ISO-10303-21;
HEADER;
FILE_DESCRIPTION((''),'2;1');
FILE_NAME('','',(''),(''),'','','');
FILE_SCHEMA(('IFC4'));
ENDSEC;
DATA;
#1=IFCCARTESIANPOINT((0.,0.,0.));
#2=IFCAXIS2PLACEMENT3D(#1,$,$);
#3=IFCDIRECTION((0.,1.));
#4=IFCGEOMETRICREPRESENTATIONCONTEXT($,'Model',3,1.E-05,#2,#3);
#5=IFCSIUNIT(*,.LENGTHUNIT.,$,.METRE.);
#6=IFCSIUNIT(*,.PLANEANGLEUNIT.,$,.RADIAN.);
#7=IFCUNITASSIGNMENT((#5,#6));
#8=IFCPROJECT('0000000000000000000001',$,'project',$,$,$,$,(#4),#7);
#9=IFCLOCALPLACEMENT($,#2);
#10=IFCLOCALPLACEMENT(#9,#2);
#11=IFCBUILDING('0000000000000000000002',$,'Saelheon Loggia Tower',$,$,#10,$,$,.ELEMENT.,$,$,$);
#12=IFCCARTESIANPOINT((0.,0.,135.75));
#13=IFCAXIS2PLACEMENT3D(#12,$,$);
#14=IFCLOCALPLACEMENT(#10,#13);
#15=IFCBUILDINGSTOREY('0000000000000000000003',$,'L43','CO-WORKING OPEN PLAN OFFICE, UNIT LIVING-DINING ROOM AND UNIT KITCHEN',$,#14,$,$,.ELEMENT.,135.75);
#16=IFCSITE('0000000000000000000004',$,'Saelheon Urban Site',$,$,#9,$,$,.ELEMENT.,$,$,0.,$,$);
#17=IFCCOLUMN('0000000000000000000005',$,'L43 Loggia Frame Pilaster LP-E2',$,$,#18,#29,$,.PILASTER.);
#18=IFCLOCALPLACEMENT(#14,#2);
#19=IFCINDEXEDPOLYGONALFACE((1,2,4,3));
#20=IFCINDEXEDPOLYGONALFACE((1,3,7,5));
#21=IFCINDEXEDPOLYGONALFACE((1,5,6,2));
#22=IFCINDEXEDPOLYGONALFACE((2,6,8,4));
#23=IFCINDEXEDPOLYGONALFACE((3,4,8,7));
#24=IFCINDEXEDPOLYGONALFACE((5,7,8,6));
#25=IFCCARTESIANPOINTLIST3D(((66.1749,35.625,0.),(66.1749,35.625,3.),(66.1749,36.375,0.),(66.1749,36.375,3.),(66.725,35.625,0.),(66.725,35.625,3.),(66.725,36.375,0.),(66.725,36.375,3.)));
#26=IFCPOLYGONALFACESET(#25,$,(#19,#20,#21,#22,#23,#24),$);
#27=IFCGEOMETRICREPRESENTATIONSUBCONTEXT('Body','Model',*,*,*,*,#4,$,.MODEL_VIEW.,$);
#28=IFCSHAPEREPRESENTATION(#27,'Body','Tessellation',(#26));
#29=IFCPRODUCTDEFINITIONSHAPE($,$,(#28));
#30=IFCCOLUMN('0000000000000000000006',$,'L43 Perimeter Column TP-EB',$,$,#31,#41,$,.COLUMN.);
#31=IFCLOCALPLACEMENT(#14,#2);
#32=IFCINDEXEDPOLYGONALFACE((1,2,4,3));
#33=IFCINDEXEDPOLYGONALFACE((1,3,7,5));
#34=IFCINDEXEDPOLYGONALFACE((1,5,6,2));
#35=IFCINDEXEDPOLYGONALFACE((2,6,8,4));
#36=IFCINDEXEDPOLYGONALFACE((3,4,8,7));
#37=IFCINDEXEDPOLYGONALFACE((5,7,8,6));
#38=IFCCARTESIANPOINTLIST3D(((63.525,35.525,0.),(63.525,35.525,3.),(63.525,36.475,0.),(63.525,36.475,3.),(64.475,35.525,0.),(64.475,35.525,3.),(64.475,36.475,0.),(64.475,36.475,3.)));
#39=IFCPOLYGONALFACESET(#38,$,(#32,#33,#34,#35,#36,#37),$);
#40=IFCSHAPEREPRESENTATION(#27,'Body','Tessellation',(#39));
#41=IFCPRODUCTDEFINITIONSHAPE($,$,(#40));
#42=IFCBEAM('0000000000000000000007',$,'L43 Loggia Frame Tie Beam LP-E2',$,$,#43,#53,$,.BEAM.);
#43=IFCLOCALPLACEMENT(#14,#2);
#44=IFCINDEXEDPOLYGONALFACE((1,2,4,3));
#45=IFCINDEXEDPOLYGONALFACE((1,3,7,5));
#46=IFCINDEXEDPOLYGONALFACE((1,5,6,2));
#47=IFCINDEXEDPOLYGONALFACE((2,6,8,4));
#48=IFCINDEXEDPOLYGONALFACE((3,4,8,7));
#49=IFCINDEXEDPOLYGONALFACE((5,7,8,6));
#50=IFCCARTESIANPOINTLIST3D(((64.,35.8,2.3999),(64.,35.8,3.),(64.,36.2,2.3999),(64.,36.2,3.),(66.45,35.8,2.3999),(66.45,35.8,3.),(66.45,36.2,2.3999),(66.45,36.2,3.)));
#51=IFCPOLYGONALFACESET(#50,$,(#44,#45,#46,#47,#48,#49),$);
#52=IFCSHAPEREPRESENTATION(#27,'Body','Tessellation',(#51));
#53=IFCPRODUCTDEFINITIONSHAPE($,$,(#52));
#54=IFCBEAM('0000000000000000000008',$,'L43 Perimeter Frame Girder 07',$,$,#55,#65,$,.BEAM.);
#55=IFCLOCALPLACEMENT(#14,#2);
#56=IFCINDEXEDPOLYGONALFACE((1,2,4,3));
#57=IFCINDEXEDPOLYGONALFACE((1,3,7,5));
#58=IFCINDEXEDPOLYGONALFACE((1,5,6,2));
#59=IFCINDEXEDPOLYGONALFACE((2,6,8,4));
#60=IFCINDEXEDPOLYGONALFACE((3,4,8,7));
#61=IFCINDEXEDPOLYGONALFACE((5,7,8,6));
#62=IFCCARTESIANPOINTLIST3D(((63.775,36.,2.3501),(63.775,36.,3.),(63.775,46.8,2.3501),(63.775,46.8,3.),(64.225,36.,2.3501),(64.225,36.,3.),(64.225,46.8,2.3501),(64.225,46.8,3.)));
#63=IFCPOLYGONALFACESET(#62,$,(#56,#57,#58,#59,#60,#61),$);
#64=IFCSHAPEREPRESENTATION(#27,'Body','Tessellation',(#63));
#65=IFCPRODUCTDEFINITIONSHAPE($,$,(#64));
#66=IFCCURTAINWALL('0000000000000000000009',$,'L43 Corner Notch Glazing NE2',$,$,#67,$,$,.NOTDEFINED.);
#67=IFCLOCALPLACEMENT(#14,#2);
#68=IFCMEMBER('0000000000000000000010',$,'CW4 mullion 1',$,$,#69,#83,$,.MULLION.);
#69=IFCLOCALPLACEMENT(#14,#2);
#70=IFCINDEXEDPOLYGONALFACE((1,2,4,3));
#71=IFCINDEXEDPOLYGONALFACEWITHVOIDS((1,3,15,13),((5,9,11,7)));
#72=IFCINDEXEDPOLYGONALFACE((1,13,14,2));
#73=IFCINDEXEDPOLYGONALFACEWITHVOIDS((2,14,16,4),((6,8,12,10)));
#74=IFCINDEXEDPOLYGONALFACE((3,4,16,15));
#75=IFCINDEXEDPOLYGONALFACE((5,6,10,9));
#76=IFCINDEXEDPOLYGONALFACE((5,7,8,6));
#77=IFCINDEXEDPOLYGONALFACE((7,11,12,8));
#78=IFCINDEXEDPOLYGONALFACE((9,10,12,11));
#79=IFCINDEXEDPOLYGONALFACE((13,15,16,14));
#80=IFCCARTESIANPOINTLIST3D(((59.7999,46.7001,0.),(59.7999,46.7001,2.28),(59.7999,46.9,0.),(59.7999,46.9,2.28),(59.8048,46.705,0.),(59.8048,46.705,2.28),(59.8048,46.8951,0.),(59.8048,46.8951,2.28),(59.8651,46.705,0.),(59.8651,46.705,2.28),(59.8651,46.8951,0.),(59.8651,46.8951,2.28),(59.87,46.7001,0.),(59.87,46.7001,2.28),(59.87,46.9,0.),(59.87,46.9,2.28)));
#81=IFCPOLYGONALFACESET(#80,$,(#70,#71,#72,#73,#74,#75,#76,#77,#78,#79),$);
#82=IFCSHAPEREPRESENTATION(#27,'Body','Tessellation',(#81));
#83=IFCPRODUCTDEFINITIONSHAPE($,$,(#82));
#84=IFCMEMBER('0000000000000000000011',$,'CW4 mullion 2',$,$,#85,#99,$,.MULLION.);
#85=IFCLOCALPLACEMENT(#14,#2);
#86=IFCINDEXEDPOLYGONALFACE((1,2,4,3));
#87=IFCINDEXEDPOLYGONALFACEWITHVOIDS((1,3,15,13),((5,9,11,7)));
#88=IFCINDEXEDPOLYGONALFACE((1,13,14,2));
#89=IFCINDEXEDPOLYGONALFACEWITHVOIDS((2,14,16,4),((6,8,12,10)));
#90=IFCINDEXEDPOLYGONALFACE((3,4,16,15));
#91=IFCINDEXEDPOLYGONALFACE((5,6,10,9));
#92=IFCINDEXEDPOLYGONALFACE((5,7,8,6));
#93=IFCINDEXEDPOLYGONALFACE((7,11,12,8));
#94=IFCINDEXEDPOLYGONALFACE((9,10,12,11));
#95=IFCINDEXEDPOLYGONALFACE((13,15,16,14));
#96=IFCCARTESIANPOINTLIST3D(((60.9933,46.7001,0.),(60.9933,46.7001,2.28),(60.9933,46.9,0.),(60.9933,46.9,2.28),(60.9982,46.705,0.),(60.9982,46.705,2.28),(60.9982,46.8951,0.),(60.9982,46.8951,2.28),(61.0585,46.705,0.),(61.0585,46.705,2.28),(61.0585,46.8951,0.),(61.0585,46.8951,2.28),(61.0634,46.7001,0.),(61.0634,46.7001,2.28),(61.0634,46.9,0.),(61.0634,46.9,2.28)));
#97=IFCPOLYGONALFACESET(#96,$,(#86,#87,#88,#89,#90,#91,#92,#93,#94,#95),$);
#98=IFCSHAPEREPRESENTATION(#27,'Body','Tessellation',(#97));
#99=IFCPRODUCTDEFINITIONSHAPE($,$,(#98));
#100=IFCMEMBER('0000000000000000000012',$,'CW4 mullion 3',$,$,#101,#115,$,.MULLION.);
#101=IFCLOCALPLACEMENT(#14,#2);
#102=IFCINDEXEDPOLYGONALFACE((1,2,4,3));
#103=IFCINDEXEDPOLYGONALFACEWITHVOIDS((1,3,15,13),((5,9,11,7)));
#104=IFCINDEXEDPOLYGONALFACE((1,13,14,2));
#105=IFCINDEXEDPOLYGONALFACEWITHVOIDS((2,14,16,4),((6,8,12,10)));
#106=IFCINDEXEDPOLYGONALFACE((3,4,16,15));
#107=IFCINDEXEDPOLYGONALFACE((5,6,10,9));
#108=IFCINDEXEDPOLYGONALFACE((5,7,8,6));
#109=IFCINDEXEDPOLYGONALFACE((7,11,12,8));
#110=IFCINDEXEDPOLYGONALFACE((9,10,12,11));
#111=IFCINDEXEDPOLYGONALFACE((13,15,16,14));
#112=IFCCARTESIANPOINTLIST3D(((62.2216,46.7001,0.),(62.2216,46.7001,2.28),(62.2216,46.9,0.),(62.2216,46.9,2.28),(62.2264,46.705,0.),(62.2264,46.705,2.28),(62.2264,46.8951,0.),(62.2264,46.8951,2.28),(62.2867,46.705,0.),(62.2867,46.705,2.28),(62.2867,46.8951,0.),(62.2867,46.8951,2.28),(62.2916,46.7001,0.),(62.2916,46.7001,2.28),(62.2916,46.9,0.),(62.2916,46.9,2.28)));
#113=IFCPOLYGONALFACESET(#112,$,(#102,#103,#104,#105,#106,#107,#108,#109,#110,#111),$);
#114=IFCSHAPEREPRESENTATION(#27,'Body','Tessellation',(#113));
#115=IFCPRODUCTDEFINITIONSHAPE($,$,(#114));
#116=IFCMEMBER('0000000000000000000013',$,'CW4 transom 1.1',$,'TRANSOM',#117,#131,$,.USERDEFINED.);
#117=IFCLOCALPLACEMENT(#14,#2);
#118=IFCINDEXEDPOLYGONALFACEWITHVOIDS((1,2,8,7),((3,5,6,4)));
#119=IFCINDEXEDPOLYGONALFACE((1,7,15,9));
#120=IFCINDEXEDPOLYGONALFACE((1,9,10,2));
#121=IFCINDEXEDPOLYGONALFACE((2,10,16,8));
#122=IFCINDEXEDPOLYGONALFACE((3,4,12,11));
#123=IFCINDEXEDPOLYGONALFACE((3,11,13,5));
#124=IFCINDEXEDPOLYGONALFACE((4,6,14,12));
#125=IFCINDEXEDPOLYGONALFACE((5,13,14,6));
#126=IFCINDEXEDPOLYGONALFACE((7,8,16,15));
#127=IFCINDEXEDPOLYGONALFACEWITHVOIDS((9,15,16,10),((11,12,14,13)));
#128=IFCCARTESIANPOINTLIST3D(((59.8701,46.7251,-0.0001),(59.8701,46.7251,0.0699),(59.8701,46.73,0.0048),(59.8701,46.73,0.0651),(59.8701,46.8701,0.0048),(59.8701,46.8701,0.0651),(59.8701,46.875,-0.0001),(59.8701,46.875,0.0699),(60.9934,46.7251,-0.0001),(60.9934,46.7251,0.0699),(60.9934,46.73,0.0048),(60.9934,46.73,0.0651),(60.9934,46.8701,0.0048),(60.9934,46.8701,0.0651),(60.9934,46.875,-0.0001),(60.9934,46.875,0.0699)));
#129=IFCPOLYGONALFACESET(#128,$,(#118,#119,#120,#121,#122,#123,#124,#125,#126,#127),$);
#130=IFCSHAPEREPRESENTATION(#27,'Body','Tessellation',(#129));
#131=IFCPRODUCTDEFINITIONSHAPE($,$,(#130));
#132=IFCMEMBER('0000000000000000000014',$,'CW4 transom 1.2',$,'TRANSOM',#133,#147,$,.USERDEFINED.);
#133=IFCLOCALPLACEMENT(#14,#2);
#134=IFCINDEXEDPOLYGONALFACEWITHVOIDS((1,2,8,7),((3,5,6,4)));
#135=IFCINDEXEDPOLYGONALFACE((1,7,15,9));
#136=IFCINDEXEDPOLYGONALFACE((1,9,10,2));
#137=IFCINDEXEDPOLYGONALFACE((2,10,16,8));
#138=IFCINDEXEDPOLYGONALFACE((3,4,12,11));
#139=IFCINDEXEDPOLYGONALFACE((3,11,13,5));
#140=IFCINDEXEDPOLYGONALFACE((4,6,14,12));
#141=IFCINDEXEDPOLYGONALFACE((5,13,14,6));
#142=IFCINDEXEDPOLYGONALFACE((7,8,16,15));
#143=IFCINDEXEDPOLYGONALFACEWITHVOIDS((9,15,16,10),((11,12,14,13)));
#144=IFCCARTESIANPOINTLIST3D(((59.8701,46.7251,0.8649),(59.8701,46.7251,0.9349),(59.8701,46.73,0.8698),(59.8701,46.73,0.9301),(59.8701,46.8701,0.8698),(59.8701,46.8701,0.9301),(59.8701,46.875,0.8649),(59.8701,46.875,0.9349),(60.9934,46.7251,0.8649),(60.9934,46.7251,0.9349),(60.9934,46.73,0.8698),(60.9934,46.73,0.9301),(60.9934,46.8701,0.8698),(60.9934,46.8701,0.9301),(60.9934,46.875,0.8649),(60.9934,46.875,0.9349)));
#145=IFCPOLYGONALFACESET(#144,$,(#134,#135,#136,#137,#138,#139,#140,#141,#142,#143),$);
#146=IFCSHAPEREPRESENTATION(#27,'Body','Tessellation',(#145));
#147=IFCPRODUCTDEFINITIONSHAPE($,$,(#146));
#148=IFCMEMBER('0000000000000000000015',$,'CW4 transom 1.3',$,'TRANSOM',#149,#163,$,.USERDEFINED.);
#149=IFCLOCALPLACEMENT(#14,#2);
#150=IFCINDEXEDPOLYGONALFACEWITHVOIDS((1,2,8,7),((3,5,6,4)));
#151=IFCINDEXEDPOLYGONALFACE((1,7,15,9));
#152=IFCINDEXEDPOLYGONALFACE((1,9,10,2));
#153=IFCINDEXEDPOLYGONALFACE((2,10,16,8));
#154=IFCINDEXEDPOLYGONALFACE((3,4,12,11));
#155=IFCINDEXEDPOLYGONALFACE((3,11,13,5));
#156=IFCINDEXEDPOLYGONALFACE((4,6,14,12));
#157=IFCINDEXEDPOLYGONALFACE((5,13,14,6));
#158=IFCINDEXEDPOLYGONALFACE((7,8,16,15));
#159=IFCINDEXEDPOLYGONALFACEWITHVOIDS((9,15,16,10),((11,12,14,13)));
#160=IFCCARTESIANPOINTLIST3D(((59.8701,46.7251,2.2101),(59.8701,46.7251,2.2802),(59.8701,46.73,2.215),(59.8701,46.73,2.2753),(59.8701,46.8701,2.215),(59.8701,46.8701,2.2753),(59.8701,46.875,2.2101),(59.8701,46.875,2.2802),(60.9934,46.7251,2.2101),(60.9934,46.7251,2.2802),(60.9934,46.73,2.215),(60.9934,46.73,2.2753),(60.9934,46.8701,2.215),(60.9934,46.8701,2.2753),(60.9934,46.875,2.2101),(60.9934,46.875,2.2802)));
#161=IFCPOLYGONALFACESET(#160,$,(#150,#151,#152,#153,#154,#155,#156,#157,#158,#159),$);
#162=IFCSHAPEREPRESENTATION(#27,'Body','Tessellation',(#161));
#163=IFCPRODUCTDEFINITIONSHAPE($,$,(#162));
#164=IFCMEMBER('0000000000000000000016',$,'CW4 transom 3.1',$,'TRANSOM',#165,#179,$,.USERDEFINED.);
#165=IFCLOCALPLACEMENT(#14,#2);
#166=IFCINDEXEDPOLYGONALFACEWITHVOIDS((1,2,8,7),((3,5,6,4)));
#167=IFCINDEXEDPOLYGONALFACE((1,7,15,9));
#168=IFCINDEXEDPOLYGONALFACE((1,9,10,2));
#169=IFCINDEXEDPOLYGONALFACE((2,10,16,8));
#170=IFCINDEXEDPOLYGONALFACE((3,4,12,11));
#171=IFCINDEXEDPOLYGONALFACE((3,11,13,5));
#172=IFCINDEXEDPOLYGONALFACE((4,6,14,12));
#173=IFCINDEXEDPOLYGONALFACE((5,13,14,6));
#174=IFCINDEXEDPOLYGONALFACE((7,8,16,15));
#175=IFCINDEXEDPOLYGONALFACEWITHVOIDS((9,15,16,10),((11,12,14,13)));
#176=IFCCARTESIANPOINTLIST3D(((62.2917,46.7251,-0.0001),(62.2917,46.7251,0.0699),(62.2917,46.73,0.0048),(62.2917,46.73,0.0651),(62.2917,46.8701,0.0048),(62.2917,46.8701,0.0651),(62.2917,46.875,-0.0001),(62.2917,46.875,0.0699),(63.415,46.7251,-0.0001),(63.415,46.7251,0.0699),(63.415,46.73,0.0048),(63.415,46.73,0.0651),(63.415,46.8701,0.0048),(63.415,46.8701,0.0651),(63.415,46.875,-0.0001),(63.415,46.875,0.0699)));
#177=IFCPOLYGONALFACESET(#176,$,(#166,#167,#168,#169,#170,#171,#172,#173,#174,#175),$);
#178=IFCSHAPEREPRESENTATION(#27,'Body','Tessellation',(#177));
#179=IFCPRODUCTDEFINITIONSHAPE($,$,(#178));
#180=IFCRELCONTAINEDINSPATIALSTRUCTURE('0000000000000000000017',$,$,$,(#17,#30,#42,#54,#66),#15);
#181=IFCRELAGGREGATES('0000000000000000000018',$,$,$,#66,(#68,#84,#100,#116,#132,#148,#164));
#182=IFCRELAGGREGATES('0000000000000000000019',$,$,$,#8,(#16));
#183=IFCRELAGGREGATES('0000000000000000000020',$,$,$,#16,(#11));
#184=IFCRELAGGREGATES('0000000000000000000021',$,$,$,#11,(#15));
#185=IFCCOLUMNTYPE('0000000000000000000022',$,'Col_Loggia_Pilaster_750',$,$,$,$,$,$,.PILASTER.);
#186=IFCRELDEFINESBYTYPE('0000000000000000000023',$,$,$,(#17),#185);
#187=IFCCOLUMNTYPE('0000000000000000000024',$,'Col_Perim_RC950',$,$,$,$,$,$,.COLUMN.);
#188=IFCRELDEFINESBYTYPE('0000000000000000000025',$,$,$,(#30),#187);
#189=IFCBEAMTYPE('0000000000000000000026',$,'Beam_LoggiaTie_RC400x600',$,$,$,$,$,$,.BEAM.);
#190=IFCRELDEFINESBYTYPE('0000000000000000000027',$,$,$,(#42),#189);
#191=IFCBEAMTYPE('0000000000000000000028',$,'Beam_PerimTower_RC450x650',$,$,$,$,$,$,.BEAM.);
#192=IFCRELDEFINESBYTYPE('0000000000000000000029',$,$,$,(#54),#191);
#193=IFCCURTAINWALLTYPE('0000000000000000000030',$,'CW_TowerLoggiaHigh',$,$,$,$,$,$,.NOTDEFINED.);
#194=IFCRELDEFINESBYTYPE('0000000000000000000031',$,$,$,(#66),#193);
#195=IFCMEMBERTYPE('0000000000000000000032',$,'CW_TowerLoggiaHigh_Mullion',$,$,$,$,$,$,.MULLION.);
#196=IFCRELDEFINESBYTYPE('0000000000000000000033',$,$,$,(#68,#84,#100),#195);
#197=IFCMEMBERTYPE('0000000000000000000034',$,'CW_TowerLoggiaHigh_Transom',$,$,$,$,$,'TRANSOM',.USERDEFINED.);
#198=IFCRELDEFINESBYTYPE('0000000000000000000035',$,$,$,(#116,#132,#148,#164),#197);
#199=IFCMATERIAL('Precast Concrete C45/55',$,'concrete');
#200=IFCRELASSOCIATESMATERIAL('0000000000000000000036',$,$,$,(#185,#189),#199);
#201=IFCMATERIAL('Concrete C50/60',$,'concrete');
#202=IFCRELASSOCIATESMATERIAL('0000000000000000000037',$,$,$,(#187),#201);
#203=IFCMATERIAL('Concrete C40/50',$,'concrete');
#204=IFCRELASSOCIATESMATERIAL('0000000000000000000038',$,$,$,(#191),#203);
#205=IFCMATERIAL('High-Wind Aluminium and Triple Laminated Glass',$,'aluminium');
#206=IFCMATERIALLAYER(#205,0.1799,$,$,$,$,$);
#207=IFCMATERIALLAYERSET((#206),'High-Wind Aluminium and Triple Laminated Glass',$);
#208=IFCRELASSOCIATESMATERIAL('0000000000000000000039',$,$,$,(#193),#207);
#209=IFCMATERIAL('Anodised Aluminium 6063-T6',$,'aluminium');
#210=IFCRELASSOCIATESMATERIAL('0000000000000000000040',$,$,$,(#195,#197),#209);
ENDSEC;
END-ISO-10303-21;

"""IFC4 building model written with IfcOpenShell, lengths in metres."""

from ifc_helpers import new_model, si_unit, direction, frame, origin, origin_2d, place, context, subcontext, project, spatial, rectangle, hollow_rectangle, extrude, source, transform, mapped, material, layer, layer_set, material_profile, profile_set, type_object, element, aggregate, save


model = new_model("IFC4")

# Units and contexts
model_context = context("Model", 3, precision=1e-05, world=origin(), true_north=direction((0.0, 1.0)))
body_context = subcontext(model_context, "Body", "Model", "MODEL_VIEW")
ifc_project = project(units=[si_unit("LENGTHUNIT", "METRE"), si_unit("PLANEANGLEUNIT", "RADIAN")], contexts=[model_context])

# Site, building, storey
site_placement = place(None, origin())
site = spatial("IfcSite", under=ifc_project, at=site_placement, Name="Saelheon Urban Site", CompositionType="ELEMENT", RefElevation=0.0)
building_placement = place(site_placement, origin())
building = spatial("IfcBuilding", under=site, at=building_placement, Name="Saelheon Loggia Tower", CompositionType="ELEMENT")
storey_placement = place(building_placement, frame((0.0, 0.0, 135.75)))
storey = spatial("IfcBuildingStorey", under=building, at=storey_placement, Name="L43", Description="CO-WORKING OPEN PLAN OFFICE, UNIT LIVING-DINING ROOM AND UNIT KITCHEN", CompositionType="ELEMENT", Elevation=135.75)

# Columns
ifc_material_1 = material(Name="Precast Concrete C45/55", Category="concrete")
ifc_material_profile_1 = material_profile(ifc_material_1, rectangle(XDim=0.55, YDim=0.75, at=origin_2d()), Name="RC-550x750")
ifc_profile_set_1 = profile_set([ifc_material_profile_1], Name="Precast Concrete C45/55")
column_type_1 = type_object("IfcColumnType", Name="Col_Loggia_Pilaster_750", PredefinedType="PILASTER", material=ifc_profile_set_1)
shared_shape_1 = source(origin(), body_context, "Body", "SweptSolid", [
    extrude(rectangle(XDim=0.55, YDim=0.75, at=origin_2d()), origin(), (0.0, 0.0, 1.0), 3.0),
])
column_1_placement = place(storey_placement, frame((66.45, 36.0, 0.0), z_axis=(0.0, 0.0, 1.0), x_axis=(1.0, 0.0, 0.0)))
element("IfcColumn", 1, at=column_1_placement, inside=storey, type_object=column_type_1, Name="L43 Loggia Frame Pilaster LP-E2", PredefinedType="PILASTER", context=body_context, shape_type="MappedRepresentation", body=[
    mapped(shared_shape_1, transform((0.0, 0.0, 0.0), scale=1.0)),
])
ifc_material_2 = material(Name="Concrete C50/60", Category="concrete")
ifc_material_profile_2 = material_profile(ifc_material_2, rectangle(XDim=0.95, YDim=0.95, at=origin_2d()), Name="RC-950x950")
ifc_profile_set_2 = profile_set([ifc_material_profile_2], Name="Concrete C50/60")
column_type_2 = type_object("IfcColumnType", Name="Col_Perim_RC950", PredefinedType="COLUMN", material=ifc_profile_set_2)
shared_shape_2 = source(origin(), body_context, "Body", "SweptSolid", [
    extrude(rectangle(XDim=0.95, YDim=0.95, at=origin_2d()), origin(), (0.0, 0.0, 1.0), 3.0),
])
column_2_placement = place(storey_placement, frame((64.0, 36.0, 0.0), z_axis=(0.0, 0.0, 1.0), x_axis=(1.0, 0.0, 0.0)))
element("IfcColumn", 2, at=column_2_placement, inside=storey, type_object=column_type_2, Name="L43 Perimeter Column TP-EB", PredefinedType="COLUMN", context=body_context, shape_type="MappedRepresentation", body=[
    mapped(shared_shape_2, transform((0.0, 0.0, 0.0), scale=1.0)),
])

# Beams
ifc_material_profile_3 = material_profile(ifc_material_1, rectangle(XDim=0.3999, YDim=0.6001, at=origin_2d()), Name="RC-400x600")
ifc_profile_set_3 = profile_set([ifc_material_profile_3], Name="Precast Concrete C45/55")
beam_type_1 = type_object("IfcBeamType", Name="Beam_LoggiaTie_RC400x600", PredefinedType="BEAM", material=ifc_profile_set_3)
shared_shape_3 = source(origin(), body_context, "Body", "SweptSolid", [
    extrude(rectangle(XDim=0.3999, YDim=0.6001, at=origin_2d()), origin(), (0.0, 0.0, 1.0), 2.45),
])
beam_1_placement = place(storey_placement, frame((64.0, 36.0, 2.7), z_axis=(1.0, 0.0, 0.0), x_axis=(0.0, 1.0, 0.0)))
element("IfcBeam", 3, at=beam_1_placement, inside=storey, type_object=beam_type_1, Name="L43 Loggia Frame Tie Beam LP-E2", PredefinedType="BEAM", context=body_context, shape_type="MappedRepresentation", body=[
    mapped(shared_shape_3, transform((0.0, 0.0, 0.0), scale=1.0)),
])
ifc_material_3 = material(Name="Concrete C40/50", Category="concrete")
ifc_material_profile_4 = material_profile(ifc_material_3, rectangle(XDim=0.45, YDim=0.6499, at=origin_2d()), Name="RC-450x650")
ifc_profile_set_4 = profile_set([ifc_material_profile_4], Name="Concrete C40/50")
beam_type_2 = type_object("IfcBeamType", Name="Beam_PerimTower_RC450x650", PredefinedType="BEAM", material=ifc_profile_set_4)
shared_shape_4 = source(origin(), body_context, "Body", "SweptSolid", [
    extrude(rectangle(XDim=0.45, YDim=0.6499, at=origin_2d()), origin(), (0.0, 0.0, 1.0), 10.8),
])
beam_2_placement = place(storey_placement, frame((64.0, 36.0, 2.675), z_axis=(0.0, 1.0, 0.0), x_axis=(-1.0, 0.0, 0.0)))
element("IfcBeam", 4, at=beam_2_placement, inside=storey, type_object=beam_type_2, Name="L43 Perimeter Frame Girder 07", PredefinedType="BEAM", context=body_context, shape_type="MappedRepresentation", body=[
    mapped(shared_shape_4, transform((0.0, 0.0, 0.0), scale=1.0)),
])

# Curtain wall, members
ifc_material_4 = material(Name="High-Wind Aluminium and Triple Laminated Glass", Category="aluminium")
ifc_layer_1 = layer(ifc_material_4, 0.1799)
ifc_layer_set_1 = layer_set([ifc_layer_1], Name="High-Wind Aluminium and Triple Laminated Glass")
curtain_wall_type = type_object("IfcCurtainWallType", Name="CW_TowerLoggiaHigh", PredefinedType="NOTDEFINED", material=ifc_layer_set_1)
curtain_wall_placement = place(storey_placement, origin())
curtain_wall = element("IfcCurtainWall", 5, at=curtain_wall_placement, inside=storey, type_object=curtain_wall_type, Name="L43 Corner Notch Glazing NE2", PredefinedType="NOTDEFINED")
ifc_material_5 = material(Name="Anodised Aluminium 6063-T6", Category="aluminium")
ifc_material_profile_5 = material_profile(ifc_material_5, hollow_rectangle(XDim=0.0701, YDim=0.2, WallThickness=0.0049, at=origin_2d()), Name="RHS-200x70x5")
ifc_profile_set_5 = profile_set([ifc_material_profile_5], Name="Anodised Aluminium 6063-T6")
member_type_1 = type_object("IfcMemberType", Name="CW_TowerLoggiaHigh_Mullion", PredefinedType="MULLION", material=ifc_profile_set_5)
shared_shape_5 = source(origin(), body_context, "Body", "SweptSolid", [
    extrude(hollow_rectangle(XDim=0.0701, YDim=0.2, WallThickness=0.0049, at=origin_2d()), origin(), (0.0, 0.0, 1.0), 2.28),
])
member_1_placement = place(storey_placement, frame((59.835, 46.8, 0.0), z_axis=(0.0, 0.0, 1.0), x_axis=(1.0, 0.0, 0.0)))
member_1 = element("IfcMember", 6, at=member_1_placement, type_object=member_type_1, Name="CW4 mullion 1", PredefinedType="MULLION", context=body_context, shape_type="MappedRepresentation", body=[
    mapped(shared_shape_5, transform((0.0, 0.0, 0.0), scale=1.0)),
])
member_2_placement = place(storey_placement, frame((61.0283, 46.8, 0.0), z_axis=(0.0, 0.0, 1.0), x_axis=(1.0, 0.0, 0.0)))
member_2 = element("IfcMember", 7, at=member_2_placement, type_object=member_type_1, Name="CW4 mullion 2", PredefinedType="MULLION", context=body_context, shape_type="MappedRepresentation", body=[
    mapped(shared_shape_5, transform((0.0, 0.0, 0.0), scale=1.0)),
])
member_3_placement = place(storey_placement, frame((62.2566, 46.8, 0.0), z_axis=(0.0, 0.0, 1.0), x_axis=(1.0, 0.0, 0.0)))
member_3 = element("IfcMember", 8, at=member_3_placement, type_object=member_type_1, Name="CW4 mullion 3", PredefinedType="MULLION", context=body_context, shape_type="MappedRepresentation", body=[
    mapped(shared_shape_5, transform((0.0, 0.0, 0.0), scale=1.0)),
])
ifc_material_profile_6 = material_profile(ifc_material_5, hollow_rectangle(XDim=0.0701, YDim=0.1499, WallThickness=0.0049, at=origin_2d()), Name="RHS-150x70x5")
ifc_profile_set_6 = profile_set([ifc_material_profile_6], Name="Anodised Aluminium 6063-T6")
member_type_2 = type_object("IfcMemberType", Name="CW_TowerLoggiaHigh_Transom", ElementType="TRANSOM", PredefinedType="USERDEFINED", material=ifc_profile_set_6)
shared_shape_6 = source(origin(), body_context, "Body", "SweptSolid", [
    extrude(hollow_rectangle(XDim=0.0701, YDim=0.1499, WallThickness=0.0049, at=origin_2d()), origin(), (0.0, 0.0, 1.0), 1.1233),
])
member_4_placement = place(storey_placement, frame((59.8701, 46.8, 0.0349), z_axis=(1.0, 0.0, 0.0), x_axis=(0.0, 0.0, 1.0)))
member_4 = element("IfcMember", 9, at=member_4_placement, type_object=member_type_2, Name="CW4 transom 1.1", ObjectType="TRANSOM", PredefinedType="USERDEFINED", context=body_context, shape_type="MappedRepresentation", body=[
    mapped(shared_shape_6, transform((0.0, 0.0, 0.0), scale=1.0)),
])
member_5_placement = place(storey_placement, frame((59.8701, 46.8, 0.8999), z_axis=(1.0, 0.0, 0.0), x_axis=(0.0, 0.0, 1.0)))
member_5 = element("IfcMember", 10, at=member_5_placement, type_object=member_type_2, Name="CW4 transom 1.2", ObjectType="TRANSOM", PredefinedType="USERDEFINED", context=body_context, shape_type="MappedRepresentation", body=[
    mapped(shared_shape_6, transform((0.0, 0.0, 0.0), scale=1.0)),
])
member_6_placement = place(storey_placement, frame((59.8701, 46.8, 2.2451), z_axis=(1.0, 0.0, 0.0), x_axis=(0.0, 0.0, 1.0)))
member_6 = element("IfcMember", 11, at=member_6_placement, type_object=member_type_2, Name="CW4 transom 1.3", ObjectType="TRANSOM", PredefinedType="USERDEFINED", context=body_context, shape_type="MappedRepresentation", body=[
    mapped(shared_shape_6, transform((0.0, 0.0, 0.0), scale=1.0)),
])
member_7_placement = place(storey_placement, frame((62.2917, 46.8, 0.0349), z_axis=(1.0, 0.0, 0.0), x_axis=(0.0, 0.0, 1.0)))
member_7 = element("IfcMember", 12, at=member_7_placement, type_object=member_type_2, Name="CW4 transom 3.1", ObjectType="TRANSOM", PredefinedType="USERDEFINED", context=body_context, shape_type="MappedRepresentation", body=[
    mapped(shared_shape_6, transform((0.0, 0.0, 0.0), scale=1.0)),
])
aggregate(curtain_wall, [member_1, member_2, member_3, member_4, member_5, member_6, member_7])

save(model, "model.ifc")
